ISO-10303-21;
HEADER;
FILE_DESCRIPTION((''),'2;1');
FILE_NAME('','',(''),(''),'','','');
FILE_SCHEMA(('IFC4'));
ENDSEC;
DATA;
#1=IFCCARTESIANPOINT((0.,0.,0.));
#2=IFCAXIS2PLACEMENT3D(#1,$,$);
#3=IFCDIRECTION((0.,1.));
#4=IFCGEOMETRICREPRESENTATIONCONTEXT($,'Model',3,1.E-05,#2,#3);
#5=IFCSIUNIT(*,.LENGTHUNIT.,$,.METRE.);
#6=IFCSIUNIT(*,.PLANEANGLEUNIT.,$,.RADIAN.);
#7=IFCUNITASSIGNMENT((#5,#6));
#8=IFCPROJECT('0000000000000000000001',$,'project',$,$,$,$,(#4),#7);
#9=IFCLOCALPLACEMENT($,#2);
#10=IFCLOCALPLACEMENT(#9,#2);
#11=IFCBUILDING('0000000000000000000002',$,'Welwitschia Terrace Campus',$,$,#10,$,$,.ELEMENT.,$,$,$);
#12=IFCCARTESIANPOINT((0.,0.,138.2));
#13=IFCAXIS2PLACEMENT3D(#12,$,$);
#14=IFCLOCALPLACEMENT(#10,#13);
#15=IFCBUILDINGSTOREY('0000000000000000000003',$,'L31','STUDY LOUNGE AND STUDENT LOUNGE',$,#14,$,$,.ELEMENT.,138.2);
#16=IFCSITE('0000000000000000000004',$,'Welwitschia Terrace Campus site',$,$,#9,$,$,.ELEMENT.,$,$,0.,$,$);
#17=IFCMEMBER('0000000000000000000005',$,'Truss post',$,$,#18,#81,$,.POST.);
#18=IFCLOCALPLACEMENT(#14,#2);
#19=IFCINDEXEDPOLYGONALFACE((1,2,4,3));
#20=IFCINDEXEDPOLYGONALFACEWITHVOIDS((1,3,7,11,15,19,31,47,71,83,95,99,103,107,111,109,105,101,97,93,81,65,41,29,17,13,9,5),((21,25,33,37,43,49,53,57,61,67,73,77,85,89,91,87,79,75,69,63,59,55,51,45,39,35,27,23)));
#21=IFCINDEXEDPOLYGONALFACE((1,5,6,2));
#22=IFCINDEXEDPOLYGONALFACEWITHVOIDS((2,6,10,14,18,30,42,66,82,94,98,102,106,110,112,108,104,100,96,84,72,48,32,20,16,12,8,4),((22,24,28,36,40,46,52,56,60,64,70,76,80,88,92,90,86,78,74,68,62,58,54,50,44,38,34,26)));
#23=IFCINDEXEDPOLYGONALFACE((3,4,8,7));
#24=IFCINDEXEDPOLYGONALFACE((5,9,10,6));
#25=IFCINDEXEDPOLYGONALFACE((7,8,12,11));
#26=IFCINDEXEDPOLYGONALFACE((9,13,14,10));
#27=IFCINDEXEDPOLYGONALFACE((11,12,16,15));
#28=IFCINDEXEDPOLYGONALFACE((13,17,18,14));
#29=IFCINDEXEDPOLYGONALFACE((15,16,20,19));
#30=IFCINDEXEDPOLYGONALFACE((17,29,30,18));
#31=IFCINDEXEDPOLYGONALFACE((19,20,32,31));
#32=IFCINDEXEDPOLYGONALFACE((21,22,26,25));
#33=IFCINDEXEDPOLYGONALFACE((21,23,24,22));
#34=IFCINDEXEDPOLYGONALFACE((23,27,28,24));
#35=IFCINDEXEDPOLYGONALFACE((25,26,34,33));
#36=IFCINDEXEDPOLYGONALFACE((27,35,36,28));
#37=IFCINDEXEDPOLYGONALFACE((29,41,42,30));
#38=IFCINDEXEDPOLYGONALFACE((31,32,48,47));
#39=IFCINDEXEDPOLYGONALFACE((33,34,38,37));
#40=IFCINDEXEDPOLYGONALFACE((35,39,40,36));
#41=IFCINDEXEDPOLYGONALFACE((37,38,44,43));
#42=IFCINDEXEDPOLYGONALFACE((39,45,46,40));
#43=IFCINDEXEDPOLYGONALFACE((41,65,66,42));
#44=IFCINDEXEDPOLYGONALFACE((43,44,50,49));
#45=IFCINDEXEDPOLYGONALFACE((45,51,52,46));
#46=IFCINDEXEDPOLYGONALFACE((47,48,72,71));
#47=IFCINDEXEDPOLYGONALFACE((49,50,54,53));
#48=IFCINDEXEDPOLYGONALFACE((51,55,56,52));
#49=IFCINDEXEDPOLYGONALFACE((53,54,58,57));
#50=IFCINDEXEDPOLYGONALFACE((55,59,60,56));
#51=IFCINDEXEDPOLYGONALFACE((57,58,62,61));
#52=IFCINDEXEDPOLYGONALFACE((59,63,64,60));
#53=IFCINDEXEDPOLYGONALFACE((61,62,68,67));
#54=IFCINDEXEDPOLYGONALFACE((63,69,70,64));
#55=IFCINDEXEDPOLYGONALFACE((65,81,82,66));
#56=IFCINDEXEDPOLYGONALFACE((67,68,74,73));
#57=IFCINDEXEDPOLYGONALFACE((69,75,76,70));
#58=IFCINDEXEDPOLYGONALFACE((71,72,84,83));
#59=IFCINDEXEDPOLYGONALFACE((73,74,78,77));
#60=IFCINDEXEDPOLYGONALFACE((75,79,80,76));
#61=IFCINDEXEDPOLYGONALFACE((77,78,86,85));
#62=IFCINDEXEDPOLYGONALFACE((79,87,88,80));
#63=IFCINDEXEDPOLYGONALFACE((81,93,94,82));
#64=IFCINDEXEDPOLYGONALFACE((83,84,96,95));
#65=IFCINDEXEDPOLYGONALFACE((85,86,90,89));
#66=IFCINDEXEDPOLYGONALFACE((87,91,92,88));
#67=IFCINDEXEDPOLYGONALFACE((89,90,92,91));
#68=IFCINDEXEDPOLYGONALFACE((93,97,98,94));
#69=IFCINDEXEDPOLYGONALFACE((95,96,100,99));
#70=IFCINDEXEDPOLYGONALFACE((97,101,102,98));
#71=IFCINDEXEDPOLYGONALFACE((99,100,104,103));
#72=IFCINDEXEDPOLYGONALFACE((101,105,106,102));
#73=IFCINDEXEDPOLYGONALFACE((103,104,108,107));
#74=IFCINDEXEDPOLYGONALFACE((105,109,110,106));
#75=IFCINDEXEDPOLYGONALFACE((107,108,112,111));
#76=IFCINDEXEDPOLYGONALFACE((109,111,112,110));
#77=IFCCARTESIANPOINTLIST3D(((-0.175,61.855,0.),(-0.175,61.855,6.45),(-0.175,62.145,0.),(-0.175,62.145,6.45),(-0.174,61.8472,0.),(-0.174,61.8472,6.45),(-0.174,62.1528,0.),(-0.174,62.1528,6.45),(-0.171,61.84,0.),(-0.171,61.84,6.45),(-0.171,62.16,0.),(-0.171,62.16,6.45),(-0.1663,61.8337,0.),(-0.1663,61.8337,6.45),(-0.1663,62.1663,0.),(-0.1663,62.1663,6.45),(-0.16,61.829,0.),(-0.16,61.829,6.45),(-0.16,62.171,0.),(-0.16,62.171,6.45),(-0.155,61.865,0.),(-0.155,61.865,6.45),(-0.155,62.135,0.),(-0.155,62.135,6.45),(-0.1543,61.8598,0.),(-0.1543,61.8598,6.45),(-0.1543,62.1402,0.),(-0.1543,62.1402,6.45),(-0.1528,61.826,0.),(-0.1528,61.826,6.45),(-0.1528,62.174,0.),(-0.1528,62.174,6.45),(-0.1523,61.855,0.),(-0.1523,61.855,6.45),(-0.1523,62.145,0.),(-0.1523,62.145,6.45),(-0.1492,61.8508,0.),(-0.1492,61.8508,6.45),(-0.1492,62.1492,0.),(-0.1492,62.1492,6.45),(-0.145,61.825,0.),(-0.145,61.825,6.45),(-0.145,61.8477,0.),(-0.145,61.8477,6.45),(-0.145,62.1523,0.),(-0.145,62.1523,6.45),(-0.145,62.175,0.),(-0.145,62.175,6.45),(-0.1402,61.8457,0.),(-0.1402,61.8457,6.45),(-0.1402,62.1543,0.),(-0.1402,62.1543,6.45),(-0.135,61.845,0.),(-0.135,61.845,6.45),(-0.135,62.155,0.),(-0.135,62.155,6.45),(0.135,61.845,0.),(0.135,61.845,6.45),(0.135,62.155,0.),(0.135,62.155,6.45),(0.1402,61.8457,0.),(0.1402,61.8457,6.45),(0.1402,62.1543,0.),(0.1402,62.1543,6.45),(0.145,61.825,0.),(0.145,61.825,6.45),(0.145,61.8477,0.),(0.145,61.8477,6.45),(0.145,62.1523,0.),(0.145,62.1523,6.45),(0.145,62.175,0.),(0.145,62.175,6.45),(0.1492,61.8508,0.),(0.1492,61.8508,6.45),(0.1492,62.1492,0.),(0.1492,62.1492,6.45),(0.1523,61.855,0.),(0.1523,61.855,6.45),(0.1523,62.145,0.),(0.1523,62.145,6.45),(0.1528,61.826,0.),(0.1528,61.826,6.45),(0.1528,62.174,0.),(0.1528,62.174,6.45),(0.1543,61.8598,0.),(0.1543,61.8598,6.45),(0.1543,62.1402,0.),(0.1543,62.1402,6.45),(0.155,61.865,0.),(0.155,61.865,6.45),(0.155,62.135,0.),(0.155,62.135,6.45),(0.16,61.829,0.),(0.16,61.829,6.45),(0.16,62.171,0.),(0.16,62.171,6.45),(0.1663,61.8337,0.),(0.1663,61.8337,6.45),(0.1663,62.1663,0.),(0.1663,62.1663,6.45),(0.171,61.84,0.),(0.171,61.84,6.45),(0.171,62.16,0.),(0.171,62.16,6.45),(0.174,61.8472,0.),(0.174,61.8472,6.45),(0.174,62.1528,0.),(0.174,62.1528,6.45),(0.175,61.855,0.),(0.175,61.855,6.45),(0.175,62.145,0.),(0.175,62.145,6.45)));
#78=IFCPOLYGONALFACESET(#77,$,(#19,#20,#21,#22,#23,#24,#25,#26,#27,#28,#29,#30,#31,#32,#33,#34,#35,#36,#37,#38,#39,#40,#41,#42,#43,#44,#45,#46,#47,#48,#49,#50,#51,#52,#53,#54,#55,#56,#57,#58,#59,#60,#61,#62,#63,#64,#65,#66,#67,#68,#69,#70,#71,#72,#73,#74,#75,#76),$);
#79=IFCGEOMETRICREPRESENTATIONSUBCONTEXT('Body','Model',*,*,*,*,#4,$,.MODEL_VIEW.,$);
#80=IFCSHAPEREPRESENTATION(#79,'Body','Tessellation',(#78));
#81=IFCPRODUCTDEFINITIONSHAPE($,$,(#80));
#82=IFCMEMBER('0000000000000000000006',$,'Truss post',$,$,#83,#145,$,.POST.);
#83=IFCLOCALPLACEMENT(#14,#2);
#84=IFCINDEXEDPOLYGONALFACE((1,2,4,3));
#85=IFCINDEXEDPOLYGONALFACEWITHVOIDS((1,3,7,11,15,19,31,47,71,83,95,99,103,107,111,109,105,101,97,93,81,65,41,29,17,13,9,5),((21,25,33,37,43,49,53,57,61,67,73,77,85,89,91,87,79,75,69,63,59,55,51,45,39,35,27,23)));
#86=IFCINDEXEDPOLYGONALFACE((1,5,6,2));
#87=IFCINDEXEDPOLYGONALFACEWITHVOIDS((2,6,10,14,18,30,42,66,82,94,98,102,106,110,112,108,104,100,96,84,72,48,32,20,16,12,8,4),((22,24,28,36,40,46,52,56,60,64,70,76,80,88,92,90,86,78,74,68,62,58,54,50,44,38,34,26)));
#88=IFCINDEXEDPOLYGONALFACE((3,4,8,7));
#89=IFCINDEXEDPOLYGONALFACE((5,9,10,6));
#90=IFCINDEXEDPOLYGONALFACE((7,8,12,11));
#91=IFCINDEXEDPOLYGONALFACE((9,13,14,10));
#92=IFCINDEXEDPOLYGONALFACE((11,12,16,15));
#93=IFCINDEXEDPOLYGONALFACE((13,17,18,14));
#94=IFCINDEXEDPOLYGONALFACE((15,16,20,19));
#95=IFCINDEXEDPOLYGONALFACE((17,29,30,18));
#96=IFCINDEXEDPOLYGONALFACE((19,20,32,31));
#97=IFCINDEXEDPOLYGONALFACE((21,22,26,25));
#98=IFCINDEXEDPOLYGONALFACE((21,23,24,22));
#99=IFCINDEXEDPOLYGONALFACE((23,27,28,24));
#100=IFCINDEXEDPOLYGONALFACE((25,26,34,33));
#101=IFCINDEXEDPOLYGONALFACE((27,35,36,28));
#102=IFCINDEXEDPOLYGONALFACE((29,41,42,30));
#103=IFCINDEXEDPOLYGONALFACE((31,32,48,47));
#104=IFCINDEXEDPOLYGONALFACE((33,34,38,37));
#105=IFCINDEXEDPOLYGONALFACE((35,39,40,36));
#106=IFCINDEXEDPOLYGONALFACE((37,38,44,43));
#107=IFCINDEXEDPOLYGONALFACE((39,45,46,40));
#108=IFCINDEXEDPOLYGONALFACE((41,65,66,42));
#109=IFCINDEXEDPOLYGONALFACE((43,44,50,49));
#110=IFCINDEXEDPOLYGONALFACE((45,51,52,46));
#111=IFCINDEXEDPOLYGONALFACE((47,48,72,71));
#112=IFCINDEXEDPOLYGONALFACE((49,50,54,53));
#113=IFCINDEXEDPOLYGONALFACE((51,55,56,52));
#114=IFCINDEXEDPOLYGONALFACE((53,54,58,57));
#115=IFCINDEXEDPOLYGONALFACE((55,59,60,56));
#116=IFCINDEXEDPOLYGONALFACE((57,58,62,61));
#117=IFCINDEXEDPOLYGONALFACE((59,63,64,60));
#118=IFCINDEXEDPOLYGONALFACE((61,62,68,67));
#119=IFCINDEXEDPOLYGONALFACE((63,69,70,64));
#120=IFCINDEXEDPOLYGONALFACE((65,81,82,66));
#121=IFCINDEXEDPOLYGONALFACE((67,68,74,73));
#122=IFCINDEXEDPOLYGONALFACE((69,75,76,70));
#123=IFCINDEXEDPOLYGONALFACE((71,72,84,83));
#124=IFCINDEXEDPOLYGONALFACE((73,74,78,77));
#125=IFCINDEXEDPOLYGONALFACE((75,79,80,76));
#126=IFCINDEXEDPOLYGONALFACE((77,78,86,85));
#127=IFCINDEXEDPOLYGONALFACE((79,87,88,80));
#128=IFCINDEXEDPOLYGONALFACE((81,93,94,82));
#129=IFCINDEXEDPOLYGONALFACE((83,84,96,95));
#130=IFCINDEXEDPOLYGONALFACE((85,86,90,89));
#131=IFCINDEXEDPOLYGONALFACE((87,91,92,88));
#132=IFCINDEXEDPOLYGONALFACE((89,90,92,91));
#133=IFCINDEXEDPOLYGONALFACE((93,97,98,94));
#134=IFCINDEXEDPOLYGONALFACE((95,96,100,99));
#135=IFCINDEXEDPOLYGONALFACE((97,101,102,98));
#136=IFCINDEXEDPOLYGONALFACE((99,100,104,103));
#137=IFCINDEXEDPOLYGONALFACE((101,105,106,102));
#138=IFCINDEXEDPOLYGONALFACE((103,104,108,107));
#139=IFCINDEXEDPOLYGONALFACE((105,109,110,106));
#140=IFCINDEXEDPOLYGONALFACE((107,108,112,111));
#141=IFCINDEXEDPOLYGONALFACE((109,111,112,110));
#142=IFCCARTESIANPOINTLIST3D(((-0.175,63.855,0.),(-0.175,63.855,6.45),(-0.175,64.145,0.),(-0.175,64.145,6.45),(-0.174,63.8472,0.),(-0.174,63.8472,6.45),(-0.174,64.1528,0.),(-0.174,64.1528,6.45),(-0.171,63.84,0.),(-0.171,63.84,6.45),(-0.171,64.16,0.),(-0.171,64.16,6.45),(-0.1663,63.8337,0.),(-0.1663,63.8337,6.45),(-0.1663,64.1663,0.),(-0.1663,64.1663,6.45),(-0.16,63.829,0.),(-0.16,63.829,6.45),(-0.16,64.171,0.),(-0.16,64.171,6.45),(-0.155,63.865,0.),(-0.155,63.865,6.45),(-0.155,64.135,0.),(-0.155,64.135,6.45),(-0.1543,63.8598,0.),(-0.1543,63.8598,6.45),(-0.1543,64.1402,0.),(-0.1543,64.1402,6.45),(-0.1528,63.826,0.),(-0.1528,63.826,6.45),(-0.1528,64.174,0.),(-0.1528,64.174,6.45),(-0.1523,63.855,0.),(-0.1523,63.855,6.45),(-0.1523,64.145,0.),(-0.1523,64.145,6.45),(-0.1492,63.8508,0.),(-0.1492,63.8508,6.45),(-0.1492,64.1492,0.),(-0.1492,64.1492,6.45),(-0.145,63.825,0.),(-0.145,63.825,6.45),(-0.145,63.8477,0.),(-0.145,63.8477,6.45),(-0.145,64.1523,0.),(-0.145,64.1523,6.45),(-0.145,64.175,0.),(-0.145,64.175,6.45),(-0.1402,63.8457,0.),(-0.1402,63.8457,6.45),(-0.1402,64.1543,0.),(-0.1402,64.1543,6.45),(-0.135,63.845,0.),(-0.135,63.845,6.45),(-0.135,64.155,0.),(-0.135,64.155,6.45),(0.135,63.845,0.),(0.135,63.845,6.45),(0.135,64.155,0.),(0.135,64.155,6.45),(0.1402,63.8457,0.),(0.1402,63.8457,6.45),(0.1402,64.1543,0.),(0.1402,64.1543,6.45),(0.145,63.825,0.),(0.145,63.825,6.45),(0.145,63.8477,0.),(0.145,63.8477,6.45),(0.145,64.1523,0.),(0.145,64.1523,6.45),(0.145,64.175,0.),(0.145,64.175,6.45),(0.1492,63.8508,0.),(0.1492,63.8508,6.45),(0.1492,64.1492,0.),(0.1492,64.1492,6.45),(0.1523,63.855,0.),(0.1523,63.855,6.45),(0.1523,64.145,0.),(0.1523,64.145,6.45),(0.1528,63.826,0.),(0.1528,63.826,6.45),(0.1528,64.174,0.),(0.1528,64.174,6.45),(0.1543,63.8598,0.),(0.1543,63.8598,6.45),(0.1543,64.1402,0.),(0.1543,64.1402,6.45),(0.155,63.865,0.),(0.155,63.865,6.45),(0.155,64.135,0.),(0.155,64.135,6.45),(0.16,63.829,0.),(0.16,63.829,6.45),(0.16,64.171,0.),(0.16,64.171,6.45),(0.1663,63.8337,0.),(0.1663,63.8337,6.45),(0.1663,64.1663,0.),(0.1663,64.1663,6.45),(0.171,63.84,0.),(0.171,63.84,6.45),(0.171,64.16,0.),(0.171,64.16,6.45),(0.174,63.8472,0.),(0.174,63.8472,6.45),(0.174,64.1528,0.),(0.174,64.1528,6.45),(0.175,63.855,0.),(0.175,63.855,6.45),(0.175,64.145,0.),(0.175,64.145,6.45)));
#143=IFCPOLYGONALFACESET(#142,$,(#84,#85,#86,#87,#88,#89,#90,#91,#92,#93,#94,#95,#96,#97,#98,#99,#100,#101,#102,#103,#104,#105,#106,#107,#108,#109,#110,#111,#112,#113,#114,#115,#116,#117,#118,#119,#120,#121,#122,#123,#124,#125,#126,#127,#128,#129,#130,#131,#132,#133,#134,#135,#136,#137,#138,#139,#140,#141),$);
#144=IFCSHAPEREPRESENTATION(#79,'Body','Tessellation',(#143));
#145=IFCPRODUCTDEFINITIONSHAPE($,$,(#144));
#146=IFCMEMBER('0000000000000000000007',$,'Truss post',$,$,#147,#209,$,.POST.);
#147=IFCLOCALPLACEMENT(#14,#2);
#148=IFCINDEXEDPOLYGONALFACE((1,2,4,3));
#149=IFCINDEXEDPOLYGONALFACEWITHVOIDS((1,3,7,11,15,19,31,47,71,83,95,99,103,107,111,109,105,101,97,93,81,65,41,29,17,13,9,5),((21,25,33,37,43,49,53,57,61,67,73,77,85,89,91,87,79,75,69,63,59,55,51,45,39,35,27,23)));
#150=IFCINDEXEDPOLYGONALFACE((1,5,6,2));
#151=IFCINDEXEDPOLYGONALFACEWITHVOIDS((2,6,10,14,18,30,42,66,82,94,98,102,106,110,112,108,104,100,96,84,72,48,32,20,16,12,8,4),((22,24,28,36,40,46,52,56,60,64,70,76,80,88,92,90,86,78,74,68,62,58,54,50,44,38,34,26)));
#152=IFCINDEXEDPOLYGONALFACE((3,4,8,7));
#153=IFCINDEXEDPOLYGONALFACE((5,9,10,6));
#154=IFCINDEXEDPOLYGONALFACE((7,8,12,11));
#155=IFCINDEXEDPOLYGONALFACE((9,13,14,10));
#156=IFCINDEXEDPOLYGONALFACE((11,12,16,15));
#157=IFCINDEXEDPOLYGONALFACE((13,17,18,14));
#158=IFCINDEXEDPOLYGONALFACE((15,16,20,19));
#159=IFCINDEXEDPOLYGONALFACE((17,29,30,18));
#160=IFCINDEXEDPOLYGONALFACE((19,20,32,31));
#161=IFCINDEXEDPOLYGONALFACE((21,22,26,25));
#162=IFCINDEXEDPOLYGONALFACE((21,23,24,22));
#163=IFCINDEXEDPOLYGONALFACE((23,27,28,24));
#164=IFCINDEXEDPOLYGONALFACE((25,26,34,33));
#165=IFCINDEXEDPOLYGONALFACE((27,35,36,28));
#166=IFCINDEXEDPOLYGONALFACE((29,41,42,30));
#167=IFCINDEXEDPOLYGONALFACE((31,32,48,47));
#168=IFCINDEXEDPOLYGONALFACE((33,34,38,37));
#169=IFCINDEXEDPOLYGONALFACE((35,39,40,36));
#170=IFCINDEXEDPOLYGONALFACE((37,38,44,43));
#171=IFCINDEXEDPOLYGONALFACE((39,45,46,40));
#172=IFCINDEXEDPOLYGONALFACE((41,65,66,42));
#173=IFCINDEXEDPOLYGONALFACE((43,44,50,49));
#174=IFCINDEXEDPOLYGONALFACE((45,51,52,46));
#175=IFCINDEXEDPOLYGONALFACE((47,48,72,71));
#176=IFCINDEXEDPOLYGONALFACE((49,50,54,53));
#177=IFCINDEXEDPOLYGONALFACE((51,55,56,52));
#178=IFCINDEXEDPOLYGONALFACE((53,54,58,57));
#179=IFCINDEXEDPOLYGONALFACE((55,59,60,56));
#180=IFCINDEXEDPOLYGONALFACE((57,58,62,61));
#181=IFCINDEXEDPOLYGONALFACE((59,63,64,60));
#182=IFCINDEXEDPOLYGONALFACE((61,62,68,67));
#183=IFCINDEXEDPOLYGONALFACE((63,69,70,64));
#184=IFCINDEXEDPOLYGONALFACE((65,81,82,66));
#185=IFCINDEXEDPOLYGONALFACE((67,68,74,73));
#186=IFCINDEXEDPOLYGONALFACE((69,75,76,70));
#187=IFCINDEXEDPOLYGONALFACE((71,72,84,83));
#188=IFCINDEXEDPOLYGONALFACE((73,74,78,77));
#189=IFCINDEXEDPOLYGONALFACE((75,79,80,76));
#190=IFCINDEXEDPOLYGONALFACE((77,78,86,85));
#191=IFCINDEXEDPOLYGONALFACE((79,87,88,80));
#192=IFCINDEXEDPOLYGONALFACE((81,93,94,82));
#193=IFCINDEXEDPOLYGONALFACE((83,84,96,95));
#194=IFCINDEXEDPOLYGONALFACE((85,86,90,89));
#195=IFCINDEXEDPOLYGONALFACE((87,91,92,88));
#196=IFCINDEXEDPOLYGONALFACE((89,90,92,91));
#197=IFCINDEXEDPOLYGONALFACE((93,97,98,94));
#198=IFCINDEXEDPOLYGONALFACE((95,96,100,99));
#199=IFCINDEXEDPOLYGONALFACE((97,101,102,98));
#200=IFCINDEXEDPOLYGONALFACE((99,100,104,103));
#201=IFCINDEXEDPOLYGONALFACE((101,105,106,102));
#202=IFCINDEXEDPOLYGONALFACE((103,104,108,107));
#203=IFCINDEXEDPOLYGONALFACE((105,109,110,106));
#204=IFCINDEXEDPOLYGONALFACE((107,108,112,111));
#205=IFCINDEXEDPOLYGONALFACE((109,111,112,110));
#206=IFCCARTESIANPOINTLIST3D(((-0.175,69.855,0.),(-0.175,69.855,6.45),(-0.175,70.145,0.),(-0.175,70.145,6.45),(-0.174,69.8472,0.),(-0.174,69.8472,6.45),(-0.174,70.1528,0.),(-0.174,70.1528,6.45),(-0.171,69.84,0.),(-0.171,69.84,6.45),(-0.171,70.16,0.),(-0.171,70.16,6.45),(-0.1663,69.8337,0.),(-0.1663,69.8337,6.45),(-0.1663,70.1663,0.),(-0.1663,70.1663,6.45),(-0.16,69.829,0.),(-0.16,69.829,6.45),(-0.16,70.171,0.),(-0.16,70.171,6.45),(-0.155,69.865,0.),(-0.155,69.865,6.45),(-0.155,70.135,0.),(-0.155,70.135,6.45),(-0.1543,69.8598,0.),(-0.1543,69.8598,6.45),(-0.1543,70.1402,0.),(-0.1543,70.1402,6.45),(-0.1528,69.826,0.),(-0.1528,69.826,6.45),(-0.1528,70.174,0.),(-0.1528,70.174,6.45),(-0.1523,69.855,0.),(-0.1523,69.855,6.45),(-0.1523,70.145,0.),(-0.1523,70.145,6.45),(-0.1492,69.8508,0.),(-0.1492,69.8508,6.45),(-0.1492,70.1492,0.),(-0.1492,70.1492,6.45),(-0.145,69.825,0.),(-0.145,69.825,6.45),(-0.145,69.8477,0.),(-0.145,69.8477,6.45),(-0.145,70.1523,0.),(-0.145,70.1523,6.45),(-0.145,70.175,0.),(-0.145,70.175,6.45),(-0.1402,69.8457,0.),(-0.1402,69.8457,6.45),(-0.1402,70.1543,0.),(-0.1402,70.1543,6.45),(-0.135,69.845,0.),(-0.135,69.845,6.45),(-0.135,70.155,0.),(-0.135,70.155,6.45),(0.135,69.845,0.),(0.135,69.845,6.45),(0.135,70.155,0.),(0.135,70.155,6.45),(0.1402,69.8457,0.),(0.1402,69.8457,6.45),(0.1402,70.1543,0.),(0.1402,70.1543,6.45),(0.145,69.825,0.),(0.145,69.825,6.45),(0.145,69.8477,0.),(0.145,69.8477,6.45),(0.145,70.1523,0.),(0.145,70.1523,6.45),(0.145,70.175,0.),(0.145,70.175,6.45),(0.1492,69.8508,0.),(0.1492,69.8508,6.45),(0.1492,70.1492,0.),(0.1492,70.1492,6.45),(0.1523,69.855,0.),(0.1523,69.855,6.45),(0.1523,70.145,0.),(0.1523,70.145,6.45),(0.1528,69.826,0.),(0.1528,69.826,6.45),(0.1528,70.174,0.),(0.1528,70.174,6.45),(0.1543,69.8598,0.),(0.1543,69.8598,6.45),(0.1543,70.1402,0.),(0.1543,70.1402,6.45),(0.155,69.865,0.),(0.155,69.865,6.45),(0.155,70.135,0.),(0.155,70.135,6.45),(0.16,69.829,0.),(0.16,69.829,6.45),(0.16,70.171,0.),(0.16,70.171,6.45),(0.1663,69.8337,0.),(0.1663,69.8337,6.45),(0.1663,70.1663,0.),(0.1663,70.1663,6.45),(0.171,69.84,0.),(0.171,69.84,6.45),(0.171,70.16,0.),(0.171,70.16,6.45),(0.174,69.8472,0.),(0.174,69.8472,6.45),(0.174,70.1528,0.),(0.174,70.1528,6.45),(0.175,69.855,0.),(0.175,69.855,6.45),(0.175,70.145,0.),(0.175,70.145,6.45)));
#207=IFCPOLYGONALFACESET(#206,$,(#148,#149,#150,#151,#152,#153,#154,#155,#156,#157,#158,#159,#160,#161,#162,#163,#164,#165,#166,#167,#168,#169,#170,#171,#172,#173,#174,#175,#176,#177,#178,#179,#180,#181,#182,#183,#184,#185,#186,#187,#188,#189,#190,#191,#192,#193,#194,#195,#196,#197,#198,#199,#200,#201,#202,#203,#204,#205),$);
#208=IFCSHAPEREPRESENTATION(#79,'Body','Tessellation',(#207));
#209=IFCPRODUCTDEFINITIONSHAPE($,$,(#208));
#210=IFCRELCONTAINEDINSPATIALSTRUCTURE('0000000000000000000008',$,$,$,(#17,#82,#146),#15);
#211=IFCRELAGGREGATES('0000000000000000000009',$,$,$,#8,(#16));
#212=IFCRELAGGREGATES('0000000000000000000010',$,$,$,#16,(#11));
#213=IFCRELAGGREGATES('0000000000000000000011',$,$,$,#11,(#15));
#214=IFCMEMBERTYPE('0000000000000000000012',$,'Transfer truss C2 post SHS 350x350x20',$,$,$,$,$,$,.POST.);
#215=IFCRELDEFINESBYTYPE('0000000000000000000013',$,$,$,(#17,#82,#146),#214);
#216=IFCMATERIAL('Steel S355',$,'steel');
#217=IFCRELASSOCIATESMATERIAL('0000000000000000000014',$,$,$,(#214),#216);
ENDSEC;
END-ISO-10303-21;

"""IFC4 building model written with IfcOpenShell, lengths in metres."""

from ifc_helpers import new_model, si_unit, direction, frame, origin, origin_2d, place, context, subcontext, project, spatial, hollow_rectangle, extrude, material, material_profile, profile_set, type_object, element, save


model = new_model("IFC4")

# Units and contexts
model_context = context("Model", 3, precision=1e-05, world=origin(), true_north=direction((0.0, 1.0)))
body_context = subcontext(model_context, "Body", "Model", "MODEL_VIEW")
ifc_project = project(units=[si_unit("LENGTHUNIT", "METRE"), si_unit("PLANEANGLEUNIT", "RADIAN")], contexts=[model_context])

# Site, building, storey
site_placement = place(None, origin())
site = spatial("IfcSite", under=ifc_project, at=site_placement, Name="Welwitschia Terrace Campus site", CompositionType="ELEMENT", RefElevation=0.0)
building_placement = place(site_placement, origin())
building = spatial("IfcBuilding", under=site, at=building_placement, Name="Welwitschia Terrace Campus", CompositionType="ELEMENT")
storey_placement = place(building_placement, frame((0.0, 0.0, 138.2)))
storey = spatial("IfcBuildingStorey", under=building, at=storey_placement, Name="L31", Description="STUDY LOUNGE AND STUDENT LOUNGE", CompositionType="ELEMENT", Elevation=138.2)

# Members
ifc_material_1 = material(Name="Steel S355", Category="steel")
ifc_material_profile_1 = material_profile(ifc_material_1, hollow_rectangle(XDim=0.3501, YDim=0.3501, WallThickness=0.02, InnerFilletRadius=0.02, OuterFilletRadius=0.03, at=origin_2d()))
ifc_profile_set_1 = profile_set([ifc_material_profile_1], Name="Steel S355")
member_type_1 = type_object("IfcMemberType", Name="Transfer truss C2 post SHS 350x350x20", PredefinedType="POST", material=ifc_profile_set_1)
for number, where, z_axis, x_axis, name in (
    (1, (0.0, 62.0, 0.0), (0.0, 0.0, 1.0), (1.0, 0.0, 0.0), "Truss post"),
    (2, (0.0, 64.0, 0.0), (0.0, 0.0, 1.0), (1.0, 0.0, 0.0), "Truss post"),
    (3, (0.0, 70.0, 0.0), (0.0, 0.0, 1.0), (1.0, 0.0, 0.0), "Truss post"),
):
    element("IfcMember", number, at=place(storey_placement, frame(where, z_axis=z_axis, x_axis=x_axis)), inside=storey, type_object=member_type_1, Name=name, PredefinedType="POST", context=body_context, shape_type="SweptSolid", body=[
        extrude(hollow_rectangle(XDim=0.3501, YDim=0.3501, WallThickness=0.02, InnerFilletRadius=0.02, OuterFilletRadius=0.03, at=origin_2d()), origin(), (0.0, 0.0, 1.0), 6.45),
    ])

save(model, "model.ifc")
